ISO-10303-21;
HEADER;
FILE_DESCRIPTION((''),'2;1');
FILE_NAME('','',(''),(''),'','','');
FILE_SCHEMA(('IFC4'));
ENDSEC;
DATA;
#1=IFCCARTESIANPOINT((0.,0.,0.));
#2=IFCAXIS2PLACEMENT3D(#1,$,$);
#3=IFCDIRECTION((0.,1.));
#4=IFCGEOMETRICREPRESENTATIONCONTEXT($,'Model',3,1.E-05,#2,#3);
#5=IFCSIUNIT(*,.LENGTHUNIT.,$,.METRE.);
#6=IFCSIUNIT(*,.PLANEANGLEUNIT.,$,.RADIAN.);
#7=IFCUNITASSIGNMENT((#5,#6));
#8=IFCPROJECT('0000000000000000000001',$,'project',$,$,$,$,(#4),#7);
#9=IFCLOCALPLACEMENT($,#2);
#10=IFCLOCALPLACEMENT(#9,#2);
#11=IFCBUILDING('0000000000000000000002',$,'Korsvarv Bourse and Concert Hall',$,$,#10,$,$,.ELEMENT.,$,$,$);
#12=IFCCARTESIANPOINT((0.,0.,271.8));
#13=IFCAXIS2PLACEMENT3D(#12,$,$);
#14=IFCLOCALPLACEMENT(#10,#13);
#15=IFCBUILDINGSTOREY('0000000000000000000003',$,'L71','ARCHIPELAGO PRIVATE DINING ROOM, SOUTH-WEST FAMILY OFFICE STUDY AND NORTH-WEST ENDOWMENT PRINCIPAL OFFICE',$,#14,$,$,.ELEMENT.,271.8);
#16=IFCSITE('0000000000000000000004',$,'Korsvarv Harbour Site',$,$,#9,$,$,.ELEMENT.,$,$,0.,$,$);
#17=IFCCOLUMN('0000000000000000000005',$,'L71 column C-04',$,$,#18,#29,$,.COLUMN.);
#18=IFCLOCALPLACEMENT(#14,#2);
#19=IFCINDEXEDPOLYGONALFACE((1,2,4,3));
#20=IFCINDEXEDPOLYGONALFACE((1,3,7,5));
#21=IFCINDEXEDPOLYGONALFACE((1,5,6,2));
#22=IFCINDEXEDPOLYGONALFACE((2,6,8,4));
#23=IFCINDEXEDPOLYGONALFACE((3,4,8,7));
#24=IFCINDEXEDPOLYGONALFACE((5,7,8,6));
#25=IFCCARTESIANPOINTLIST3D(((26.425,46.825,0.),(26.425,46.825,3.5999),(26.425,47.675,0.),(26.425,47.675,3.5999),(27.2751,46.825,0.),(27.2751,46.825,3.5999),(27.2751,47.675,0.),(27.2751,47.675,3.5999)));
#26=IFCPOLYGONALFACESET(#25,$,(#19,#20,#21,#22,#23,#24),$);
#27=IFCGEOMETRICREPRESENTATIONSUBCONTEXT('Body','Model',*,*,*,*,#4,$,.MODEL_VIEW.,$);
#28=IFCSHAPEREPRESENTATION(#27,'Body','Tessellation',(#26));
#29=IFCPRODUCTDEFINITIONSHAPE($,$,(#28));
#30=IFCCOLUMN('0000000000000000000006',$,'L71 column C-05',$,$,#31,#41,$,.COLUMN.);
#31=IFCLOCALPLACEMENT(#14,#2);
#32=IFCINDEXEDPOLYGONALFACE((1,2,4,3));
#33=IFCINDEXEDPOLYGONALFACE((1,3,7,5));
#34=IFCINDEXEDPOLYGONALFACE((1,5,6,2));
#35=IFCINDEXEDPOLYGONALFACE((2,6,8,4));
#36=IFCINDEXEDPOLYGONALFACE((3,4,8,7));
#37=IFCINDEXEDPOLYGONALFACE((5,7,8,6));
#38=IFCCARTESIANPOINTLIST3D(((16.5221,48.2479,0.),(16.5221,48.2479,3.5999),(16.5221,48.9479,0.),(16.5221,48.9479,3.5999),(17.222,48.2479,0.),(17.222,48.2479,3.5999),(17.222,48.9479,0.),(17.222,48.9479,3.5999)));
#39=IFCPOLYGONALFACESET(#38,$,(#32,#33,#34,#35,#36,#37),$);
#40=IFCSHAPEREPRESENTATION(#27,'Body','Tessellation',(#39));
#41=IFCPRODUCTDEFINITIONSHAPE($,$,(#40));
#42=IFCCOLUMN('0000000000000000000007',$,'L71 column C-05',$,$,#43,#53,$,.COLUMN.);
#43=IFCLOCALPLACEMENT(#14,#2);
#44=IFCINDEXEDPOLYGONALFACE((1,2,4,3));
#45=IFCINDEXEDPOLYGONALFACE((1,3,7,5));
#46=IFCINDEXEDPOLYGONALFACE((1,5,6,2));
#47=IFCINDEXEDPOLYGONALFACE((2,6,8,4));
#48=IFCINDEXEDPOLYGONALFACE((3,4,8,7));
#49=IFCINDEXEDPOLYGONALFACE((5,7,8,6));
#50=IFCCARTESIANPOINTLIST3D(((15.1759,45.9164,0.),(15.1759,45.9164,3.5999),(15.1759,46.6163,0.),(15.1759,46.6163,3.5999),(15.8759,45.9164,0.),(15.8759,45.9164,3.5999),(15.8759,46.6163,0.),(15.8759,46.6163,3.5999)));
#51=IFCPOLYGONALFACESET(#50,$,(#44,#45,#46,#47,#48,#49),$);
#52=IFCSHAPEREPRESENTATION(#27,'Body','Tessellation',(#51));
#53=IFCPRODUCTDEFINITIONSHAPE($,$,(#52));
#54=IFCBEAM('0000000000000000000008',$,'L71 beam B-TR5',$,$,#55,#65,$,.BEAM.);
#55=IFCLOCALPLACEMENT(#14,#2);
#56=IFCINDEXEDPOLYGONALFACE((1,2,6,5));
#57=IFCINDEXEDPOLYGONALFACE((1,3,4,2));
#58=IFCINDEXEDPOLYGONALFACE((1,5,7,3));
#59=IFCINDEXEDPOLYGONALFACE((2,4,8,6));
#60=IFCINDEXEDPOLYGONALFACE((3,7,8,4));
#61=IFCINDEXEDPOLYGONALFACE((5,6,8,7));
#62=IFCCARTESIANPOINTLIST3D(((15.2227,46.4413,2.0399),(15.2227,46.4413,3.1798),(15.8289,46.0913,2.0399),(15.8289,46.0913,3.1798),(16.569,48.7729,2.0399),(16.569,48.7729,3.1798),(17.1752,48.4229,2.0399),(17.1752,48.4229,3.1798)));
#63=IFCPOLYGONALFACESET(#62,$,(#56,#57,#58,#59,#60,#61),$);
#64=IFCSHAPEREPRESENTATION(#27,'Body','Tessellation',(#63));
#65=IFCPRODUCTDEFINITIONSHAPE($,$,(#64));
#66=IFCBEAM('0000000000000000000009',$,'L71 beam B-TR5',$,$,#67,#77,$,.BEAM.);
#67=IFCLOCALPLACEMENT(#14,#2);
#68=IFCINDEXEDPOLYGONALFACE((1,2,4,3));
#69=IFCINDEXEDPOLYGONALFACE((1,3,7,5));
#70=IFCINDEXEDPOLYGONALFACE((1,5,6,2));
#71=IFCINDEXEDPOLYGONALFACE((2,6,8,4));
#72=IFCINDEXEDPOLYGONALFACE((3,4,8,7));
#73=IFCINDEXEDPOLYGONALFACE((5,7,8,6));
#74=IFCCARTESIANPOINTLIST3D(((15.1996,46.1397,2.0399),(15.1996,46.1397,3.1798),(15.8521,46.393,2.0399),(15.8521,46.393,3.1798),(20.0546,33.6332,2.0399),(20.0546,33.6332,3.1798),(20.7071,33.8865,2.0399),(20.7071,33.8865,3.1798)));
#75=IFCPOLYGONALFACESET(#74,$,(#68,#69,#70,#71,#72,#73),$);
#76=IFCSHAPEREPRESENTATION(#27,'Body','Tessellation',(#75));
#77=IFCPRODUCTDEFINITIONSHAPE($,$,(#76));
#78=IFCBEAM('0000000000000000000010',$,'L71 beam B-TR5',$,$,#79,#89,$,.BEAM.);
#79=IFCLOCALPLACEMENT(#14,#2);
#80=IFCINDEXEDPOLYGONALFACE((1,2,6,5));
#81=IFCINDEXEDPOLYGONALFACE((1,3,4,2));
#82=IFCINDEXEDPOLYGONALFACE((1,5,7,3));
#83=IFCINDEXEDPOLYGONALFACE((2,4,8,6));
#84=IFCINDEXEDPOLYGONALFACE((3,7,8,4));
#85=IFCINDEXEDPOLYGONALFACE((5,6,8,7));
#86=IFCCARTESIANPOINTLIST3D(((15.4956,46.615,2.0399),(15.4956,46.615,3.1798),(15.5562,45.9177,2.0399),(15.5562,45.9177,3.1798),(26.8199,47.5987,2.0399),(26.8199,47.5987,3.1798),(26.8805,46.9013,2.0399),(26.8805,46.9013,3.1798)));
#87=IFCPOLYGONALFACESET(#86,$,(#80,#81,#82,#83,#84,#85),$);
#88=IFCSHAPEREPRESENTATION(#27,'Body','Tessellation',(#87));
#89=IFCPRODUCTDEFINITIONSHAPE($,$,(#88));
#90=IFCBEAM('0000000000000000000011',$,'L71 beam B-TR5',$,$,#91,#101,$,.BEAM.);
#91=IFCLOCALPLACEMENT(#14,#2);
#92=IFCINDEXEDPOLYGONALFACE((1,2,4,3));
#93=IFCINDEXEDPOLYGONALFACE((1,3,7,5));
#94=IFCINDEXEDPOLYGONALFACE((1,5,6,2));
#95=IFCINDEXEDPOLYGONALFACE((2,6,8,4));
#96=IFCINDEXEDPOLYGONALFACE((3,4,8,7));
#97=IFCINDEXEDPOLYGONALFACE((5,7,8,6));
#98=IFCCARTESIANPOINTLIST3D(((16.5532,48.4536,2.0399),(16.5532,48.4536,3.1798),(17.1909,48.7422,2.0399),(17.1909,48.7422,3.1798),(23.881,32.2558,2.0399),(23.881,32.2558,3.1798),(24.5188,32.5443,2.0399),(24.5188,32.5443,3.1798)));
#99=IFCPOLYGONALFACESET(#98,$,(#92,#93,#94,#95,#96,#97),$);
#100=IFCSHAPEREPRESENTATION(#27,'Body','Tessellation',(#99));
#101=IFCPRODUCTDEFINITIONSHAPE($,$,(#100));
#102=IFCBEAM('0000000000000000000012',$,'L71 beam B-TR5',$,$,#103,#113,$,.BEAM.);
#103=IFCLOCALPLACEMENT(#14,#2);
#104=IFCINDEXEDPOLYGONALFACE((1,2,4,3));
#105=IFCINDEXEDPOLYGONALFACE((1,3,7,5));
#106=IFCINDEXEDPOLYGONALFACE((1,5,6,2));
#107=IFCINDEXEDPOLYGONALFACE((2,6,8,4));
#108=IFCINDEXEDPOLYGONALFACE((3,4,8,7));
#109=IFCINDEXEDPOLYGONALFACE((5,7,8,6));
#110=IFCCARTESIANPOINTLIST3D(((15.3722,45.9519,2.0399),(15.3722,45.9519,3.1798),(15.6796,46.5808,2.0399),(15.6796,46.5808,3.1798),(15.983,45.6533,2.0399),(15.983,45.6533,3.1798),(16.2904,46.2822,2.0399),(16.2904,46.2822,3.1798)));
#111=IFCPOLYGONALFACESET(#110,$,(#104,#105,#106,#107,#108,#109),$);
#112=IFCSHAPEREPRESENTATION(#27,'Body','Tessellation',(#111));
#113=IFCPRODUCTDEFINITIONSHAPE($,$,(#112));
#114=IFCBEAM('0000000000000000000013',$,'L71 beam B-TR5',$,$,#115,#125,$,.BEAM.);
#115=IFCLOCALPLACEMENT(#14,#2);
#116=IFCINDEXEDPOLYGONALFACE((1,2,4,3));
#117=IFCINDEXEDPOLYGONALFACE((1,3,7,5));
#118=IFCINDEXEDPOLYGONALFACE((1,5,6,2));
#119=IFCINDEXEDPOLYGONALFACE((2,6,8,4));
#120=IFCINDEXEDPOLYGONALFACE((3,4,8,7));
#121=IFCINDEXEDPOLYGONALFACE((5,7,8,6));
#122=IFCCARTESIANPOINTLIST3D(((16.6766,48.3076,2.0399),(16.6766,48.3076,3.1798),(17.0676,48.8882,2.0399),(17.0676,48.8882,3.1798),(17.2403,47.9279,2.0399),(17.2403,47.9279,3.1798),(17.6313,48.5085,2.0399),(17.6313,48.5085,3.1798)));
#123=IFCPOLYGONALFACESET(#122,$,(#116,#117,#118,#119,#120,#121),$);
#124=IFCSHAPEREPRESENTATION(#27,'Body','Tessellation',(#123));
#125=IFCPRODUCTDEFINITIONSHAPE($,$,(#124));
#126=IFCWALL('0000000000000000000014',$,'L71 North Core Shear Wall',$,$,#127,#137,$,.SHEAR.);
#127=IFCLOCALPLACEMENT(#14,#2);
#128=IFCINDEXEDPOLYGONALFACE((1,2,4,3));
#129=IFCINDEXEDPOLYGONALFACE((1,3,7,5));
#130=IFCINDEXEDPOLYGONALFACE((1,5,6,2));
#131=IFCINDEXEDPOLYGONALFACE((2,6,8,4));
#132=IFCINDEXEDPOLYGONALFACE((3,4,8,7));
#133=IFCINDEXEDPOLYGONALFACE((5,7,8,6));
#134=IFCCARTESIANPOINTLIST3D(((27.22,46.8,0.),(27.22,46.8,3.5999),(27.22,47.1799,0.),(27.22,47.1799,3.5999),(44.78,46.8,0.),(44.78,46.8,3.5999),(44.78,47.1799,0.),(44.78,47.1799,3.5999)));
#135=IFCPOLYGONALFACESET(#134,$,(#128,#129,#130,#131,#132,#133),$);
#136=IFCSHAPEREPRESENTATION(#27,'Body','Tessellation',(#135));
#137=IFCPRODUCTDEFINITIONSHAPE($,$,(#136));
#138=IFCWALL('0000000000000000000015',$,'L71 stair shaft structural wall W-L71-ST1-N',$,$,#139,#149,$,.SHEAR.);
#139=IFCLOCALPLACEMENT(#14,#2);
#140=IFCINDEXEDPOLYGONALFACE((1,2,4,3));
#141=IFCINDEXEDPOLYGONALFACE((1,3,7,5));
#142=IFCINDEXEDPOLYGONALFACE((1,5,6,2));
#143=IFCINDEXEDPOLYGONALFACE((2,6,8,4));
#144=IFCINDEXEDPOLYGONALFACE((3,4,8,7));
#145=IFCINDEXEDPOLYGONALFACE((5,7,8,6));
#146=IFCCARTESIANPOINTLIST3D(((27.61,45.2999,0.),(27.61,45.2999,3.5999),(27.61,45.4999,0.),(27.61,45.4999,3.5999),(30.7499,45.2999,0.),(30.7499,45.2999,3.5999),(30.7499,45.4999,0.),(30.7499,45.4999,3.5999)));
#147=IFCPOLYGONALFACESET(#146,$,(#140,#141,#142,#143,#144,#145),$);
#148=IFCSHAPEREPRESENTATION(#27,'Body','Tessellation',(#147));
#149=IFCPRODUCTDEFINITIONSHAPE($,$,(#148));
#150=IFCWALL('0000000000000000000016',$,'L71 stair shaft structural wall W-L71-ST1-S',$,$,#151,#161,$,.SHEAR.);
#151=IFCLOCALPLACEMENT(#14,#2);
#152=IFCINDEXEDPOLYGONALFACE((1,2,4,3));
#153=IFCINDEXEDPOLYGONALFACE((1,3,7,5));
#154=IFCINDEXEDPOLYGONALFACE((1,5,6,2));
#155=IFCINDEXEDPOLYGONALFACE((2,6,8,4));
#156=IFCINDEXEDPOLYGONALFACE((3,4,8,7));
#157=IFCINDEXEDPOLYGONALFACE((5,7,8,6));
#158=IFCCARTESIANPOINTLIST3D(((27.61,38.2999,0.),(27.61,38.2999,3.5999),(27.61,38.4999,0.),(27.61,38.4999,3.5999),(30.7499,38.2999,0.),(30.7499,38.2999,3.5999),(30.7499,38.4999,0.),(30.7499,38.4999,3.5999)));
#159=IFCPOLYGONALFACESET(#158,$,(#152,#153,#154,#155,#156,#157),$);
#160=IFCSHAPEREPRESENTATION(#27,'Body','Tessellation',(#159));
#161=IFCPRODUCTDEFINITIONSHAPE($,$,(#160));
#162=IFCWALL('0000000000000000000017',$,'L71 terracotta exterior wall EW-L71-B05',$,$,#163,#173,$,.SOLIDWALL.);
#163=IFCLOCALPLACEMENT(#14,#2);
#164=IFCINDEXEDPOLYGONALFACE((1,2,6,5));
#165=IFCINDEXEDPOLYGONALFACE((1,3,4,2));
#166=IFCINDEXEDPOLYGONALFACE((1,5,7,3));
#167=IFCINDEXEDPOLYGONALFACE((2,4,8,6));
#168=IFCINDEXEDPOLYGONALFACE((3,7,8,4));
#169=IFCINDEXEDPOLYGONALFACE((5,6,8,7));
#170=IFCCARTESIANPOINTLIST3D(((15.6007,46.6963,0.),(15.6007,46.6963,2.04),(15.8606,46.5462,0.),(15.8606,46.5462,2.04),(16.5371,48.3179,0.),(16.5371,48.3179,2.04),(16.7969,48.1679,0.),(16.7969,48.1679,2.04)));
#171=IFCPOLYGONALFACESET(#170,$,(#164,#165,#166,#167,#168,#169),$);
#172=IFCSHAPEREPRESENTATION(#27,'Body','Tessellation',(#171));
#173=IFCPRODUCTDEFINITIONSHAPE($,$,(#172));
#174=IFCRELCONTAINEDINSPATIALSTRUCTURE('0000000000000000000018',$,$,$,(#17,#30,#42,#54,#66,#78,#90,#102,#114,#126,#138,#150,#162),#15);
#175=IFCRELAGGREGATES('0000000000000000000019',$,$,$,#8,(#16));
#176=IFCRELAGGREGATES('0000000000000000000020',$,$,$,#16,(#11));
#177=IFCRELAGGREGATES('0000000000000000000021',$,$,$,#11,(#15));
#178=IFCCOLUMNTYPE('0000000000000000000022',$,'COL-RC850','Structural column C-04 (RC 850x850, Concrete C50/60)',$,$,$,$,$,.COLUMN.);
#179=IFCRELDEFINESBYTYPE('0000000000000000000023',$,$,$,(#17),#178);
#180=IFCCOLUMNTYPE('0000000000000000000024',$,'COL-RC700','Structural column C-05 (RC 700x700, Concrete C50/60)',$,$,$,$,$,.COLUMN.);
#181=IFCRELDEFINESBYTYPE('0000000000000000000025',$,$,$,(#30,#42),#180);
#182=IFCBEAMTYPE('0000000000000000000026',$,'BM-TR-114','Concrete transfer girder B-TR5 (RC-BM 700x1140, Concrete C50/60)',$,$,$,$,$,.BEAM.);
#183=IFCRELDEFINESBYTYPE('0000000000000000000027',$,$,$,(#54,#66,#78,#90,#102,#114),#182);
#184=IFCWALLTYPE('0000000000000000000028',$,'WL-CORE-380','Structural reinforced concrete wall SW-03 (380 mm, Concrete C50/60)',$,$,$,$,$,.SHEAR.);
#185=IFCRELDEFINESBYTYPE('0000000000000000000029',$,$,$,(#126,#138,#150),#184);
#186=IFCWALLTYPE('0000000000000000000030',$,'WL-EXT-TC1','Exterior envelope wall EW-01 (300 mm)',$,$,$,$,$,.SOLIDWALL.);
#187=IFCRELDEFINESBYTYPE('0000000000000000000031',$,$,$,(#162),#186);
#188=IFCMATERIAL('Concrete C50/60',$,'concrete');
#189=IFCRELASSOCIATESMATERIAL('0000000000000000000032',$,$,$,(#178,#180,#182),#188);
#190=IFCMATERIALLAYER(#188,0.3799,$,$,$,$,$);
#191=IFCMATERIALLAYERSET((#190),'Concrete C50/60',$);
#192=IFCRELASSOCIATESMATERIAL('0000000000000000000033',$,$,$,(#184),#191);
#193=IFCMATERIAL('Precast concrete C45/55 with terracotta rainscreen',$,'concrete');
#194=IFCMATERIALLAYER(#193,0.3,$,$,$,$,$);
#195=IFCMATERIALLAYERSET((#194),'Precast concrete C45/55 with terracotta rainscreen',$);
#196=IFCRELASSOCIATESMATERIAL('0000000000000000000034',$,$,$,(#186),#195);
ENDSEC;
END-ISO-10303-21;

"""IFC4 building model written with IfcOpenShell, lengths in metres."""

from ifc_helpers import new_model, si_unit, direction, frame, frame_2d, origin, origin_2d, place, context, subcontext, project, spatial, rectangle, extrude, source, transform, mapped, material, layer, layer_set, material_profile, profile_set, type_object, element, save


model = new_model("IFC4")

# Units and contexts
model_context = context("Model", 3, precision=1e-05, world=origin(), true_north=direction((0.0, 1.0)))
body_context = subcontext(model_context, "Body", "Model", "MODEL_VIEW")
ifc_project = project(units=[si_unit("LENGTHUNIT", "METRE"), si_unit("PLANEANGLEUNIT", "RADIAN")], contexts=[model_context])

# Site, building, storey
site_placement = place(None, origin())
site = spatial("IfcSite", under=ifc_project, at=site_placement, Name="Korsvarv Harbour Site", CompositionType="ELEMENT", RefElevation=0.0)
building_placement = place(site_placement, origin())
building = spatial("IfcBuilding", under=site, at=building_placement, Name="Korsvarv Bourse and Concert Hall", CompositionType="ELEMENT")
storey_placement = place(building_placement, frame((0.0, 0.0, 271.8)))
storey = spatial("IfcBuildingStorey", under=building, at=storey_placement, Name="L71", Description="ARCHIPELAGO PRIVATE DINING ROOM, SOUTH-WEST FAMILY OFFICE STUDY AND NORTH-WEST ENDOWMENT PRINCIPAL OFFICE", CompositionType="ELEMENT", Elevation=271.8)

# Columns
ifc_material_1 = material(Name="Concrete C50/60", Category="concrete")
ifc_material_profile_1 = material_profile(ifc_material_1, rectangle(XDim=0.8501, YDim=0.8501, at=origin_2d()), Name="RC 850x850")
ifc_profile_set_1 = profile_set([ifc_material_profile_1], Name="Concrete C50/60")
column_type_1 = type_object("IfcColumnType", Name="COL-RC850", Description="Structural column C-04 (RC 850x850, Concrete C50/60)", PredefinedType="COLUMN", material=ifc_profile_set_1)
shared_shape_1 = source(origin(), body_context, "Body", "SweptSolid", [
    extrude(rectangle(XDim=0.8501, YDim=0.8501, at=origin_2d()), origin(), (0.0, 0.0, 1.0), 3.5999),
])
column_placement = place(storey_placement, frame((26.8501, 47.25, 0.0), z_axis=(0.0, 0.0, 1.0), x_axis=(1.0, 0.0, 0.0)))
element("IfcColumn", 1, at=column_placement, inside=storey, type_object=column_type_1, Name="L71 column C-04", PredefinedType="COLUMN", context=body_context, shape_type="MappedRepresentation", body=[
    mapped(shared_shape_1, transform((0.0, 0.0, 0.0), scale=1.0)),
])
ifc_material_profile_2 = material_profile(ifc_material_1, rectangle(XDim=0.7, YDim=0.7, at=origin_2d()), Name="RC 700x700")
ifc_profile_set_2 = profile_set([ifc_material_profile_2], Name="Concrete C50/60")
column_type_2 = type_object("IfcColumnType", Name="COL-RC700", Description="Structural column C-05 (RC 700x700, Concrete C50/60)", PredefinedType="COLUMN", material=ifc_profile_set_2)
shared_shape_2 = source(origin(), body_context, "Body", "SweptSolid", [
    extrude(rectangle(XDim=0.7, YDim=0.7, at=origin_2d()), origin(), (0.0, 0.0, 1.0), 3.5999),
])
for number, where, z_axis, x_axis, name in (
    (2, (16.8721, 48.5979, 0.0), (0.0, 0.0, 1.0), (1.0, 0.0, 0.0), "L71 column C-05"),
    (3, (15.5259, 46.2664, 0.0), (0.0, 0.0, 1.0), (1.0, 0.0, 0.0), "L71 column C-05"),
):
    element("IfcColumn", number, at=place(storey_placement, frame(where, z_axis=z_axis, x_axis=x_axis)), inside=storey, type_object=column_type_2, Name=name, PredefinedType="COLUMN", context=body_context, shape_type="MappedRepresentation", body=[
        mapped(shared_shape_2, transform((0.0, 0.0, 0.0), scale=1.0)),
    ])

# Beams
ifc_material_profile_3 = material_profile(ifc_material_1, rectangle(XDim=0.7, YDim=1.1399, at=origin_2d()), Name="RC-BM 700x1140")
ifc_profile_set_3 = profile_set([ifc_material_profile_3], Name="Concrete C50/60")
beam_type = type_object("IfcBeamType", Name="BM-TR-114", Description="Concrete transfer girder B-TR5 (RC-BM 700x1140, Concrete C50/60)", PredefinedType="BEAM", material=ifc_profile_set_3)
shared_shape_3 = source(origin(), body_context, "Body", "SweptSolid", [
    extrude(rectangle(XDim=0.7, YDim=1.1399, at=origin_2d()), origin(), (0.0, 0.0, 1.0), 2.6924),
])
beam_1_placement = place(storey_placement, frame((16.8721, 48.5979, 2.6099), z_axis=(-0.500021, -0.866013, 0.0), x_axis=(0.866013, -0.500021, 0.0)))
element("IfcBeam", 4, at=beam_1_placement, inside=storey, type_object=beam_type, Name="L71 beam B-TR5", PredefinedType="BEAM", context=body_context, shape_type="MappedRepresentation", body=[
    mapped(shared_shape_3, transform((0.0, 0.0, 0.0), scale=1.0)),
])
shared_shape_4 = source(origin(), body_context, "Body", "SweptSolid", [
    extrude(rectangle(XDim=0.7, YDim=1.1399, at=origin_2d()), origin(), (0.0, 0.0, 1.0), 13.4158),
])
beam_2_placement = place(storey_placement, frame((15.5259, 46.2664, 2.6099), z_axis=(0.361883, -0.932223, 0.0), x_axis=(0.932223, 0.361883, 0.0)))
element("IfcBeam", 5, at=beam_2_placement, inside=storey, type_object=beam_type, Name="L71 beam B-TR5", PredefinedType="BEAM", context=body_context, shape_type="MappedRepresentation", body=[
    mapped(shared_shape_4, transform((0.0, 0.0, 0.0), scale=1.0)),
])
shared_shape_5 = source(origin(), body_context, "Body", "SweptSolid", [
    extrude(rectangle(XDim=0.7, YDim=1.1399, at=origin_2d()), origin(), (0.0, 0.0, 1.0), 11.3669),
])
beam_3_placement = place(storey_placement, frame((15.5259, 46.2664, 2.6099), z_axis=(0.996249, 0.086536, 0.0), x_axis=(-0.086536, 0.996249, 0.0)))
element("IfcBeam", 6, at=beam_3_placement, inside=storey, type_object=beam_type, Name="L71 beam B-TR5", PredefinedType="BEAM", context=body_context, shape_type="MappedRepresentation", body=[
    mapped(shared_shape_5, transform((0.0, 0.0, 0.0), scale=1.0)),
])
shared_shape_6 = source(origin(), body_context, "Body", "SweptSolid", [
    extrude(rectangle(XDim=0.7, YDim=1.1399, at=origin_2d()), origin(), (0.0, 0.0, 1.0), 17.7783),
])
beam_4_placement = place(storey_placement, frame((16.8721, 48.5979, 2.6099), z_axis=(0.412178, -0.911103, 0.0), x_axis=(0.911103, 0.412178, 0.0)))
element("IfcBeam", 7, at=beam_4_placement, inside=storey, type_object=beam_type, Name="L71 beam B-TR5", PredefinedType="BEAM", context=body_context, shape_type="MappedRepresentation", body=[
    mapped(shared_shape_6, transform((0.0, 0.0, 0.0), scale=1.0)),
])
shared_shape_7 = source(origin(), body_context, "Body", "SweptSolid", [
    extrude(rectangle(XDim=0.7, YDim=1.1399, at=origin_2d()), origin(), (0.0, 0.0, 1.0), 0.6799),
])
beam_5_placement = place(storey_placement, frame((15.5259, 46.2664, 2.6099), z_axis=(0.898413, -0.439152, 0.0), x_axis=(0.439152, 0.898413, 0.0)))
element("IfcBeam", 8, at=beam_5_placement, inside=storey, type_object=beam_type, Name="L71 beam B-TR5", PredefinedType="BEAM", context=body_context, shape_type="MappedRepresentation", body=[
    mapped(shared_shape_7, transform((0.0, 0.0, 0.0), scale=1.0)),
])
shared_shape_8 = source(origin(), body_context, "Body", "SweptSolid", [
    extrude(rectangle(XDim=0.7, YDim=1.1399, at=origin_2d()), origin(), (0.0, 0.0, 1.0), 0.6797),
])
beam_6_placement = place(storey_placement, frame((16.8721, 48.5979, 2.6099), z_axis=(0.829444, -0.55859, 0.0), x_axis=(0.55859, 0.829444, 0.0)))
element("IfcBeam", 9, at=beam_6_placement, inside=storey, type_object=beam_type, Name="L71 beam B-TR5", PredefinedType="BEAM", context=body_context, shape_type="MappedRepresentation", body=[
    mapped(shared_shape_8, transform((0.0, 0.0, 0.0), scale=1.0)),
])

# Walls
ifc_layer_1 = layer(ifc_material_1, 0.3799)
ifc_layer_set_1 = layer_set([ifc_layer_1], Name="Concrete C50/60")
wall_type_1 = type_object("IfcWallType", Name="WL-CORE-380", Description="Structural reinforced concrete wall SW-03 (380 mm, Concrete C50/60)", PredefinedType="SHEAR", material=ifc_layer_set_1)
wall_1_placement = place(storey_placement, frame((27.22, 46.99, 0.0), z_axis=(0.0, 0.0, 1.0), x_axis=(1.0, 0.0, 0.0)))
element("IfcWall", 10, at=wall_1_placement, inside=storey, type_object=wall_type_1, Name="L71 North Core Shear Wall", PredefinedType="SHEAR", context=body_context, shape_type="SweptSolid", body=[
    extrude(rectangle(XDim=17.5601, YDim=0.3799, at=frame_2d((8.78, 0.0))), origin(), (0.0, 0.0, 1.0), 3.5999),
])
for number, where, z_axis, x_axis, name in (
    (11, (27.6101, 45.3999, 0.0), (0.0, 0.0, 1.0), (1.0, 0.0, 0.0), "L71 stair shaft structural wall W-L71-ST1-N"),
    (12, (27.6101, 38.3999, 0.0), (0.0, 0.0, 1.0), (1.0, 0.0, 0.0), "L71 stair shaft structural wall W-L71-ST1-S"),
):
    element("IfcWall", number, at=place(storey_placement, frame(where, z_axis=z_axis, x_axis=x_axis)), inside=storey, type_object=wall_type_1, Name=name, PredefinedType="SHEAR", context=body_context, shape_type="SweptSolid", body=[
        extrude(rectangle(XDim=3.1399, YDim=0.2, at=frame_2d((1.5698, 0.0))), origin(), (0.0, 0.0, 1.0), 3.5999),
    ])
ifc_material_2 = material(Name="Precast concrete C45/55 with terracotta rainscreen", Category="concrete")
ifc_layer_2 = layer(ifc_material_2, 0.3)
ifc_layer_set_2 = layer_set([ifc_layer_2], Name="Precast concrete C45/55 with terracotta rainscreen")
wall_type_2 = type_object("IfcWallType", Name="WL-EXT-TC1", Description="Exterior envelope wall EW-01 (300 mm)", PredefinedType="SOLIDWALL", material=ifc_layer_set_2)
wall_2_placement = place(storey_placement, frame((16.667, 48.2429, 0.0), z_axis=(0.0, 0.0, 1.0), x_axis=(-0.500023, -0.866012, 0.0)))
element("IfcWall", 13, at=wall_2_placement, inside=storey, type_object=wall_type_2, Name="L71 terracotta exterior wall EW-L71-B05", PredefinedType="SOLIDWALL", context=body_context, shape_type="SweptSolid", body=[
    extrude(rectangle(XDim=1.8726, YDim=0.3, at=frame_2d((0.9363, 0.0))), origin(), (0.0, 0.0, 1.0), 2.04),
])

save(model, "model.ifc")
